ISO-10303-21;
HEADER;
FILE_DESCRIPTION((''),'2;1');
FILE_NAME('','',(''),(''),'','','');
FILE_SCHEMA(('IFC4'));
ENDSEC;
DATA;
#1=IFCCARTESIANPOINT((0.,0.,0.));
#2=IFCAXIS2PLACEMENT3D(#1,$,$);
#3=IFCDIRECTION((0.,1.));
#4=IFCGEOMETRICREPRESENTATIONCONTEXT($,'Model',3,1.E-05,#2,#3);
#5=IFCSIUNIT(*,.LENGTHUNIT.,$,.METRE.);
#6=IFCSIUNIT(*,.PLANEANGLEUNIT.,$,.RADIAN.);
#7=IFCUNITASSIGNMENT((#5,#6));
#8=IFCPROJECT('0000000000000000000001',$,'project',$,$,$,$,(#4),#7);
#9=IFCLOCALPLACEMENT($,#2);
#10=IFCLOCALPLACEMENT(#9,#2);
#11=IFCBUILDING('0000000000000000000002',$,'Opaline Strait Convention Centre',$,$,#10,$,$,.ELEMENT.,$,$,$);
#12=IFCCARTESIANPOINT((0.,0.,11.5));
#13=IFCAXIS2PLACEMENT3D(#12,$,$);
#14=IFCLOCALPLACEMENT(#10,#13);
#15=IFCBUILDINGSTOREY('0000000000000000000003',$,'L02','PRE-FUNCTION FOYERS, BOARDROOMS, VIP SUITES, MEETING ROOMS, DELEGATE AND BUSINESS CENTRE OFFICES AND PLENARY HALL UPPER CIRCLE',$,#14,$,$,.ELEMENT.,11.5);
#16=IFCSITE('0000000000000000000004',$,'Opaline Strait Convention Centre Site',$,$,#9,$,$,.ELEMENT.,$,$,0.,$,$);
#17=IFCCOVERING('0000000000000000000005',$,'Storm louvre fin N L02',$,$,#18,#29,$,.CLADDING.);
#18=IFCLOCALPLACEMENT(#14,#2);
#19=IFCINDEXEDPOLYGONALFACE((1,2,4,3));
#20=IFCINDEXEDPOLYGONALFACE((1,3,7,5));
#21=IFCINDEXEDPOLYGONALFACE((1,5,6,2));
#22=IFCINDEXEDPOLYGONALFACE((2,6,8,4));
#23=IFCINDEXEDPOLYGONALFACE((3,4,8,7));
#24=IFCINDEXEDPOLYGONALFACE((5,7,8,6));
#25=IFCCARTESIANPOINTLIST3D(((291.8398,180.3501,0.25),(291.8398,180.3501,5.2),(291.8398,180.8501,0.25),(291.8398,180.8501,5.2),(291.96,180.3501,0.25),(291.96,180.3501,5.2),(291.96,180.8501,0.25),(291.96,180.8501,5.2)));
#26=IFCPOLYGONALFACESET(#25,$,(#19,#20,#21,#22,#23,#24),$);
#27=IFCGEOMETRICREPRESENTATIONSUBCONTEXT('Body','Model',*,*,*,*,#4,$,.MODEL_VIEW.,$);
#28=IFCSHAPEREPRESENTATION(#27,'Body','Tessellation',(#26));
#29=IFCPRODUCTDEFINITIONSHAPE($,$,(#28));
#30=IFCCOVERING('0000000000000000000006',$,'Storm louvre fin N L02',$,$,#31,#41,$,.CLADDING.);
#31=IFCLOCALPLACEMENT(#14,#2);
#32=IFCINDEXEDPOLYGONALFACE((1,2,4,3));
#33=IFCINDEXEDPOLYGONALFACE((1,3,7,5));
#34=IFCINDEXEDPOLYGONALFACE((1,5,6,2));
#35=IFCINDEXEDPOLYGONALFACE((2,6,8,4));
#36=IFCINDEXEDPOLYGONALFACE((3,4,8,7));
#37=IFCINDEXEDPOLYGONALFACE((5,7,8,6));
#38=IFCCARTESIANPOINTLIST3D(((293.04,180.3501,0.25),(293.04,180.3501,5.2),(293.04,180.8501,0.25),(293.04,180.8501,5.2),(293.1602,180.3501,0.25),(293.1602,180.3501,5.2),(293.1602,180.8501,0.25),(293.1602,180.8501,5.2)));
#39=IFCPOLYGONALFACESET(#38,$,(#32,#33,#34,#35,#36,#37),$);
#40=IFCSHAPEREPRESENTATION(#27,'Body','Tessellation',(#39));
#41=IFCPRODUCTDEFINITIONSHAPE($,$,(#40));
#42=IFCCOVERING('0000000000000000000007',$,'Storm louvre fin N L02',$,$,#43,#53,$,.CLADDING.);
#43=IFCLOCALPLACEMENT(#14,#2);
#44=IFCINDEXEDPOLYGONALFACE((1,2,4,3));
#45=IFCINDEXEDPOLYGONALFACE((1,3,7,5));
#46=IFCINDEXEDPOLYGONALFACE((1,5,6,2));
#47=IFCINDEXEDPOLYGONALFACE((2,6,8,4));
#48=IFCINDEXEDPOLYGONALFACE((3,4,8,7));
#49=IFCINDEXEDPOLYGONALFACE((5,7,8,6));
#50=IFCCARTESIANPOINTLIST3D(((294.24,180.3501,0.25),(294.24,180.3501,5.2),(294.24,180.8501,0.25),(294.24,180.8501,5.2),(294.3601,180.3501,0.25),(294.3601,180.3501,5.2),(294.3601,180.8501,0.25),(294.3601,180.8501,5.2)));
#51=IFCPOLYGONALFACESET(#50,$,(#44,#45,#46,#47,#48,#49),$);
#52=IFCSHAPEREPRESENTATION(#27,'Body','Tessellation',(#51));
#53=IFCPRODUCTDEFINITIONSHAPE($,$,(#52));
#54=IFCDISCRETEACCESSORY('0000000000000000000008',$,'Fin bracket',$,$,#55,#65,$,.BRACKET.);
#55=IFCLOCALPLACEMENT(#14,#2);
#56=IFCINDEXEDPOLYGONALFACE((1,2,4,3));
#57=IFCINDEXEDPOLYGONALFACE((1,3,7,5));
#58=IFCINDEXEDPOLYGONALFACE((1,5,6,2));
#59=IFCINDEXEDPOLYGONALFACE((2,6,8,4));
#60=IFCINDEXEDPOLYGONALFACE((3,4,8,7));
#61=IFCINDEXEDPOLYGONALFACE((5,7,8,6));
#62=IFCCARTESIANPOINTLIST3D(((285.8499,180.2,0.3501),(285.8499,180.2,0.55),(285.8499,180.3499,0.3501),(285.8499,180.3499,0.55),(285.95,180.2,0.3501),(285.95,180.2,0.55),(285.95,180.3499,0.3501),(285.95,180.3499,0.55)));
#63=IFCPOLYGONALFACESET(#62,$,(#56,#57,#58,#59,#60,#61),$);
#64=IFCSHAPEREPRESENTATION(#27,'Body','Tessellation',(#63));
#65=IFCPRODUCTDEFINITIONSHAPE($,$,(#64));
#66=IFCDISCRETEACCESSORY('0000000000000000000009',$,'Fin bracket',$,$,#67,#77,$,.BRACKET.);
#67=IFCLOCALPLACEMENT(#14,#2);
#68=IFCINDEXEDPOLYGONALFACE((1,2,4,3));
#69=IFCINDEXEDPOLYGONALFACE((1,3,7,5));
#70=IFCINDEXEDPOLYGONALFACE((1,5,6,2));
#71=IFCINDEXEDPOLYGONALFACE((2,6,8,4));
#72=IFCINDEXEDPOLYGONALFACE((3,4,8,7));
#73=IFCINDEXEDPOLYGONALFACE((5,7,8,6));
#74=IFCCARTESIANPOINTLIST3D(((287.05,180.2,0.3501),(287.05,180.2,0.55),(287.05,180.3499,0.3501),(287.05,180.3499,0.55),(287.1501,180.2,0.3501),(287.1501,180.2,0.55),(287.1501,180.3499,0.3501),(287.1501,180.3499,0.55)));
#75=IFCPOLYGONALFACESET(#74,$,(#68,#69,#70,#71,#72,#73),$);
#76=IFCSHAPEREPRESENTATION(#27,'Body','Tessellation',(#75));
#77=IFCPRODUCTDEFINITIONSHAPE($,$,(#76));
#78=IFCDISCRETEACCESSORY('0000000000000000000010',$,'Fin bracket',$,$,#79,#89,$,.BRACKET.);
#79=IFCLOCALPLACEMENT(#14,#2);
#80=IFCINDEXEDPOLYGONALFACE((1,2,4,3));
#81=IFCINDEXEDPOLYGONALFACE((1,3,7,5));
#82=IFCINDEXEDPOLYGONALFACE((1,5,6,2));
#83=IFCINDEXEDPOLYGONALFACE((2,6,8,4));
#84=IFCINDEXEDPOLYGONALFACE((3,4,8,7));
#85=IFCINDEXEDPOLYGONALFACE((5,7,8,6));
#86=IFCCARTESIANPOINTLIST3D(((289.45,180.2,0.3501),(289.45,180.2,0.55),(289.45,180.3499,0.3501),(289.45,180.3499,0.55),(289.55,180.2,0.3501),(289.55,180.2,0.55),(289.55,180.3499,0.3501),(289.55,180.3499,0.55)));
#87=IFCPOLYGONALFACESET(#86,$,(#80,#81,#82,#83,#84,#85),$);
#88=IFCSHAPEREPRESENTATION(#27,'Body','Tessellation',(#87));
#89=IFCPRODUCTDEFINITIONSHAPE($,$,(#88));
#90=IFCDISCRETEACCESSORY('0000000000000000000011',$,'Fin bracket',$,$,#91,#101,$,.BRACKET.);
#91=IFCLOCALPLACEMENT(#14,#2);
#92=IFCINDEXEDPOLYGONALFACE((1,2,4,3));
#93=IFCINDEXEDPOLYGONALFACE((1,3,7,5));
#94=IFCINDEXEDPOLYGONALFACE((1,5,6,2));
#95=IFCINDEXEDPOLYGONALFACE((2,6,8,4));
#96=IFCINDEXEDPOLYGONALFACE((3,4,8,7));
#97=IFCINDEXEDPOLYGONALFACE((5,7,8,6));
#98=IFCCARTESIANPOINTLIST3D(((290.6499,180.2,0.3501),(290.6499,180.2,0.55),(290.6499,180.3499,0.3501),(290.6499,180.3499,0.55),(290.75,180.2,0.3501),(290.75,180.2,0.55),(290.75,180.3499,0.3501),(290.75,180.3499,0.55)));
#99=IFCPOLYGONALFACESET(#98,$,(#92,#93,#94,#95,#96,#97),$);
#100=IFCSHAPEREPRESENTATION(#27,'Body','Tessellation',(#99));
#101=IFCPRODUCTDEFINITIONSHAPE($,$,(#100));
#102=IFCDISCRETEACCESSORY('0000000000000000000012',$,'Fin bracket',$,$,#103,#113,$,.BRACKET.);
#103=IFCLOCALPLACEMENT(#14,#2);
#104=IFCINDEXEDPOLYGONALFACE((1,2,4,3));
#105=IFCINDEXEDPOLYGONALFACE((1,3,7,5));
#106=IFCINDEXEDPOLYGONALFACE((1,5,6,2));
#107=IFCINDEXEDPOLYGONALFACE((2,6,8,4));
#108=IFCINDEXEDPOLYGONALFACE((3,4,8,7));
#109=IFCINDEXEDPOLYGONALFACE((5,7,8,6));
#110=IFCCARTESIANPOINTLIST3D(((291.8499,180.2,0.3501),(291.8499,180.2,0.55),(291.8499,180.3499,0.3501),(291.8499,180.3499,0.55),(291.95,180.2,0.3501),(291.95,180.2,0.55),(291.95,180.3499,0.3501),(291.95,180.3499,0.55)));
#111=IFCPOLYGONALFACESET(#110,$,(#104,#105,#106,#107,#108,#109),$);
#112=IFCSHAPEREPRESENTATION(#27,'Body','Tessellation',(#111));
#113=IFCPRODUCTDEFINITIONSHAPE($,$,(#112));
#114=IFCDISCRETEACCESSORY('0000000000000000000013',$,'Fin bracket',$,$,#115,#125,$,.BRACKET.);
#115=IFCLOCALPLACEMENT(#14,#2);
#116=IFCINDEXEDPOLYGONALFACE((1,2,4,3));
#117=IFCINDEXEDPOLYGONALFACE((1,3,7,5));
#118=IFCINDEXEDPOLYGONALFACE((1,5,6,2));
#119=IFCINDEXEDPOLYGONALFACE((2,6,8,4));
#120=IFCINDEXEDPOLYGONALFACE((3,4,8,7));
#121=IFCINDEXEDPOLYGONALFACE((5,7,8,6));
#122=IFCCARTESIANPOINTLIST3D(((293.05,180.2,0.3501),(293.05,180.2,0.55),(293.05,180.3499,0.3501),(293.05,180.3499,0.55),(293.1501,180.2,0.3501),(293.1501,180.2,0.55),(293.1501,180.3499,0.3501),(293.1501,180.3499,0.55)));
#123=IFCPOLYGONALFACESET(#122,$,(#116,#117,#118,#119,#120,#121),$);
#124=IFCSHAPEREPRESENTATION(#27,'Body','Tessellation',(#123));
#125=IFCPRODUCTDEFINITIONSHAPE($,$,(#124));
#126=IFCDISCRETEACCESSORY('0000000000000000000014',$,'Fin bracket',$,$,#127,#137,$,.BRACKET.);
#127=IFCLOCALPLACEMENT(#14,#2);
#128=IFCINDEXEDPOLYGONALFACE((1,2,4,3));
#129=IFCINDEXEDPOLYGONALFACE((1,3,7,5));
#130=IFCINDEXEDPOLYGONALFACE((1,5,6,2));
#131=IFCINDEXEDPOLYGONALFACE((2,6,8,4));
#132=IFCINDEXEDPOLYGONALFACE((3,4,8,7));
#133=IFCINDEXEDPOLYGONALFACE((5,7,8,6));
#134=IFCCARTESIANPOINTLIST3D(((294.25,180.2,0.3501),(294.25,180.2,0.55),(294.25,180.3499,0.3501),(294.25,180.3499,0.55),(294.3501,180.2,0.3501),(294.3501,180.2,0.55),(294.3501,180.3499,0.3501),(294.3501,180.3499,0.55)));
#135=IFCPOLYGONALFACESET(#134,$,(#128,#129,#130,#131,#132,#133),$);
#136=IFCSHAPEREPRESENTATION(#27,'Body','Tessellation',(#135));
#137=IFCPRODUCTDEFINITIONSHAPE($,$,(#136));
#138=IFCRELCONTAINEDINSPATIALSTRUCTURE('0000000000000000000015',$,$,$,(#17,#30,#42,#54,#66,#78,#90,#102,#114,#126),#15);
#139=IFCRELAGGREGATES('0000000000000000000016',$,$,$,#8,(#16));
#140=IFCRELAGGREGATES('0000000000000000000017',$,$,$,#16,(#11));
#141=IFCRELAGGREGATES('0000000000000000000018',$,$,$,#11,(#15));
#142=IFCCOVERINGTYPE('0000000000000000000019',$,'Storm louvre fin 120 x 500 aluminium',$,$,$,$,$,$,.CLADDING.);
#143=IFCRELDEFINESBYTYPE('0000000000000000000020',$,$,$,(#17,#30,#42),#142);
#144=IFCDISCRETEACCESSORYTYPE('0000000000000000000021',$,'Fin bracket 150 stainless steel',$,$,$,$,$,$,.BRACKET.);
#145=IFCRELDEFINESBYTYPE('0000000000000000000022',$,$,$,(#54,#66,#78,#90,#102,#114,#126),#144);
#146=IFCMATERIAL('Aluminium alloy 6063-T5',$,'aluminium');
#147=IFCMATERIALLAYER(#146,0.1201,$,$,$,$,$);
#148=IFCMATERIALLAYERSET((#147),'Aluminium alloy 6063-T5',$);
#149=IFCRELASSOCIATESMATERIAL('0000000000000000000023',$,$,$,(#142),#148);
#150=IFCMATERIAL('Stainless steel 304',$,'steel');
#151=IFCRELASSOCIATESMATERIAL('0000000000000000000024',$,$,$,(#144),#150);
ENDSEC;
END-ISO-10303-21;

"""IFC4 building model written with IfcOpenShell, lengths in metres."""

from ifc_helpers import new_model, si_unit, direction, frame, origin, origin_2d, place, context, subcontext, project, spatial, rectangle, extrude, material, layer, layer_set, type_object, element, save


model = new_model("IFC4")

# Units and contexts
model_context = context("Model", 3, precision=1e-05, world=origin(), true_north=direction((0.0, 1.0)))
body_context = subcontext(model_context, "Body", "Model", "MODEL_VIEW")
ifc_project = project(units=[si_unit("LENGTHUNIT", "METRE"), si_unit("PLANEANGLEUNIT", "RADIAN")], contexts=[model_context])

# Site, building, storey
site_placement = place(None, origin())
site = spatial("IfcSite", under=ifc_project, at=site_placement, Name="Opaline Strait Convention Centre Site", CompositionType="ELEMENT", RefElevation=0.0)
building_placement = place(site_placement, origin())
building = spatial("IfcBuilding", under=site, at=building_placement, Name="Opaline Strait Convention Centre", CompositionType="ELEMENT")
storey_placement = place(building_placement, frame((0.0, 0.0, 11.5)))
storey = spatial("IfcBuildingStorey", under=building, at=storey_placement, Name="L02", Description="PRE-FUNCTION FOYERS, BOARDROOMS, VIP SUITES, MEETING ROOMS, DELEGATE AND BUSINESS CENTRE OFFICES AND PLENARY HALL UPPER CIRCLE", CompositionType="ELEMENT", Elevation=11.5)

# Shared definitions
ifc_material_1 = material(Name="Stainless steel 304", Category="steel")

# Coverings
ifc_material_2 = material(Name="Aluminium alloy 6063-T5", Category="aluminium")
ifc_layer_1 = layer(ifc_material_2, 0.1201)
ifc_layer_set_1 = layer_set([ifc_layer_1], Name="Aluminium alloy 6063-T5")
covering_type = type_object("IfcCoveringType", Name="Storm louvre fin 120 x 500 aluminium", PredefinedType="CLADDING", material=ifc_layer_set_1)
for number, where, z_axis, x_axis, name in (
    (1, (291.8999, 180.6001, 0.25), (0.0, 0.0, 1.0), (1.0, 0.0, 0.0), "Storm louvre fin N L02"),
    (2, (293.1001, 180.6001, 0.25), (0.0, 0.0, 1.0), (1.0, 0.0, 0.0), "Storm louvre fin N L02"),
    (3, (294.3, 180.6001, 0.25), (0.0, 0.0, 1.0), (1.0, 0.0, 0.0), "Storm louvre fin N L02"),
):
    element("IfcCovering", number, at=place(storey_placement, frame(where, z_axis=z_axis, x_axis=x_axis)), inside=storey, type_object=covering_type, Name=name, PredefinedType="CLADDING", context=body_context, shape_type="SweptSolid", body=[
        extrude(rectangle(XDim=0.1201, YDim=0.5, at=origin_2d()), origin(), (0.0, 0.0, 1.0), 4.95),
    ])

# Discrete accessories
discrete_accessory_type = type_object("IfcDiscreteAccessoryType", Name="Fin bracket 150 stainless steel", PredefinedType="BRACKET", material=ifc_material_1)
for number, where, z_axis, x_axis, name in (
    (4, (285.8999, 180.2749, 0.3501), (0.0, 0.0, 1.0), (1.0, 0.0, 0.0), "Fin bracket"),
    (5, (287.1001, 180.2749, 0.3501), (0.0, 0.0, 1.0), (1.0, 0.0, 0.0), "Fin bracket"),
    (6, (289.5, 180.2749, 0.3501), (0.0, 0.0, 1.0), (1.0, 0.0, 0.0), "Fin bracket"),
    (7, (290.7, 180.2749, 0.3501), (0.0, 0.0, 1.0), (1.0, 0.0, 0.0), "Fin bracket"),
    (8, (291.8999, 180.2749, 0.3501), (0.0, 0.0, 1.0), (1.0, 0.0, 0.0), "Fin bracket"),
    (9, (293.1001, 180.2749, 0.3501), (0.0, 0.0, 1.0), (1.0, 0.0, 0.0), "Fin bracket"),
    (10, (294.3, 180.2749, 0.3501), (0.0, 0.0, 1.0), (1.0, 0.0, 0.0), "Fin bracket"),
):
    element("IfcDiscreteAccessory", number, at=place(storey_placement, frame(where, z_axis=z_axis, x_axis=x_axis)), inside=storey, type_object=discrete_accessory_type, Name=name, PredefinedType="BRACKET", context=body_context, shape_type="SweptSolid", body=[
        extrude(rectangle(XDim=0.1001, YDim=0.1499, at=origin_2d()), origin(), (0.0, 0.0, 1.0), 0.2),
    ])

save(model, "model.ifc")
